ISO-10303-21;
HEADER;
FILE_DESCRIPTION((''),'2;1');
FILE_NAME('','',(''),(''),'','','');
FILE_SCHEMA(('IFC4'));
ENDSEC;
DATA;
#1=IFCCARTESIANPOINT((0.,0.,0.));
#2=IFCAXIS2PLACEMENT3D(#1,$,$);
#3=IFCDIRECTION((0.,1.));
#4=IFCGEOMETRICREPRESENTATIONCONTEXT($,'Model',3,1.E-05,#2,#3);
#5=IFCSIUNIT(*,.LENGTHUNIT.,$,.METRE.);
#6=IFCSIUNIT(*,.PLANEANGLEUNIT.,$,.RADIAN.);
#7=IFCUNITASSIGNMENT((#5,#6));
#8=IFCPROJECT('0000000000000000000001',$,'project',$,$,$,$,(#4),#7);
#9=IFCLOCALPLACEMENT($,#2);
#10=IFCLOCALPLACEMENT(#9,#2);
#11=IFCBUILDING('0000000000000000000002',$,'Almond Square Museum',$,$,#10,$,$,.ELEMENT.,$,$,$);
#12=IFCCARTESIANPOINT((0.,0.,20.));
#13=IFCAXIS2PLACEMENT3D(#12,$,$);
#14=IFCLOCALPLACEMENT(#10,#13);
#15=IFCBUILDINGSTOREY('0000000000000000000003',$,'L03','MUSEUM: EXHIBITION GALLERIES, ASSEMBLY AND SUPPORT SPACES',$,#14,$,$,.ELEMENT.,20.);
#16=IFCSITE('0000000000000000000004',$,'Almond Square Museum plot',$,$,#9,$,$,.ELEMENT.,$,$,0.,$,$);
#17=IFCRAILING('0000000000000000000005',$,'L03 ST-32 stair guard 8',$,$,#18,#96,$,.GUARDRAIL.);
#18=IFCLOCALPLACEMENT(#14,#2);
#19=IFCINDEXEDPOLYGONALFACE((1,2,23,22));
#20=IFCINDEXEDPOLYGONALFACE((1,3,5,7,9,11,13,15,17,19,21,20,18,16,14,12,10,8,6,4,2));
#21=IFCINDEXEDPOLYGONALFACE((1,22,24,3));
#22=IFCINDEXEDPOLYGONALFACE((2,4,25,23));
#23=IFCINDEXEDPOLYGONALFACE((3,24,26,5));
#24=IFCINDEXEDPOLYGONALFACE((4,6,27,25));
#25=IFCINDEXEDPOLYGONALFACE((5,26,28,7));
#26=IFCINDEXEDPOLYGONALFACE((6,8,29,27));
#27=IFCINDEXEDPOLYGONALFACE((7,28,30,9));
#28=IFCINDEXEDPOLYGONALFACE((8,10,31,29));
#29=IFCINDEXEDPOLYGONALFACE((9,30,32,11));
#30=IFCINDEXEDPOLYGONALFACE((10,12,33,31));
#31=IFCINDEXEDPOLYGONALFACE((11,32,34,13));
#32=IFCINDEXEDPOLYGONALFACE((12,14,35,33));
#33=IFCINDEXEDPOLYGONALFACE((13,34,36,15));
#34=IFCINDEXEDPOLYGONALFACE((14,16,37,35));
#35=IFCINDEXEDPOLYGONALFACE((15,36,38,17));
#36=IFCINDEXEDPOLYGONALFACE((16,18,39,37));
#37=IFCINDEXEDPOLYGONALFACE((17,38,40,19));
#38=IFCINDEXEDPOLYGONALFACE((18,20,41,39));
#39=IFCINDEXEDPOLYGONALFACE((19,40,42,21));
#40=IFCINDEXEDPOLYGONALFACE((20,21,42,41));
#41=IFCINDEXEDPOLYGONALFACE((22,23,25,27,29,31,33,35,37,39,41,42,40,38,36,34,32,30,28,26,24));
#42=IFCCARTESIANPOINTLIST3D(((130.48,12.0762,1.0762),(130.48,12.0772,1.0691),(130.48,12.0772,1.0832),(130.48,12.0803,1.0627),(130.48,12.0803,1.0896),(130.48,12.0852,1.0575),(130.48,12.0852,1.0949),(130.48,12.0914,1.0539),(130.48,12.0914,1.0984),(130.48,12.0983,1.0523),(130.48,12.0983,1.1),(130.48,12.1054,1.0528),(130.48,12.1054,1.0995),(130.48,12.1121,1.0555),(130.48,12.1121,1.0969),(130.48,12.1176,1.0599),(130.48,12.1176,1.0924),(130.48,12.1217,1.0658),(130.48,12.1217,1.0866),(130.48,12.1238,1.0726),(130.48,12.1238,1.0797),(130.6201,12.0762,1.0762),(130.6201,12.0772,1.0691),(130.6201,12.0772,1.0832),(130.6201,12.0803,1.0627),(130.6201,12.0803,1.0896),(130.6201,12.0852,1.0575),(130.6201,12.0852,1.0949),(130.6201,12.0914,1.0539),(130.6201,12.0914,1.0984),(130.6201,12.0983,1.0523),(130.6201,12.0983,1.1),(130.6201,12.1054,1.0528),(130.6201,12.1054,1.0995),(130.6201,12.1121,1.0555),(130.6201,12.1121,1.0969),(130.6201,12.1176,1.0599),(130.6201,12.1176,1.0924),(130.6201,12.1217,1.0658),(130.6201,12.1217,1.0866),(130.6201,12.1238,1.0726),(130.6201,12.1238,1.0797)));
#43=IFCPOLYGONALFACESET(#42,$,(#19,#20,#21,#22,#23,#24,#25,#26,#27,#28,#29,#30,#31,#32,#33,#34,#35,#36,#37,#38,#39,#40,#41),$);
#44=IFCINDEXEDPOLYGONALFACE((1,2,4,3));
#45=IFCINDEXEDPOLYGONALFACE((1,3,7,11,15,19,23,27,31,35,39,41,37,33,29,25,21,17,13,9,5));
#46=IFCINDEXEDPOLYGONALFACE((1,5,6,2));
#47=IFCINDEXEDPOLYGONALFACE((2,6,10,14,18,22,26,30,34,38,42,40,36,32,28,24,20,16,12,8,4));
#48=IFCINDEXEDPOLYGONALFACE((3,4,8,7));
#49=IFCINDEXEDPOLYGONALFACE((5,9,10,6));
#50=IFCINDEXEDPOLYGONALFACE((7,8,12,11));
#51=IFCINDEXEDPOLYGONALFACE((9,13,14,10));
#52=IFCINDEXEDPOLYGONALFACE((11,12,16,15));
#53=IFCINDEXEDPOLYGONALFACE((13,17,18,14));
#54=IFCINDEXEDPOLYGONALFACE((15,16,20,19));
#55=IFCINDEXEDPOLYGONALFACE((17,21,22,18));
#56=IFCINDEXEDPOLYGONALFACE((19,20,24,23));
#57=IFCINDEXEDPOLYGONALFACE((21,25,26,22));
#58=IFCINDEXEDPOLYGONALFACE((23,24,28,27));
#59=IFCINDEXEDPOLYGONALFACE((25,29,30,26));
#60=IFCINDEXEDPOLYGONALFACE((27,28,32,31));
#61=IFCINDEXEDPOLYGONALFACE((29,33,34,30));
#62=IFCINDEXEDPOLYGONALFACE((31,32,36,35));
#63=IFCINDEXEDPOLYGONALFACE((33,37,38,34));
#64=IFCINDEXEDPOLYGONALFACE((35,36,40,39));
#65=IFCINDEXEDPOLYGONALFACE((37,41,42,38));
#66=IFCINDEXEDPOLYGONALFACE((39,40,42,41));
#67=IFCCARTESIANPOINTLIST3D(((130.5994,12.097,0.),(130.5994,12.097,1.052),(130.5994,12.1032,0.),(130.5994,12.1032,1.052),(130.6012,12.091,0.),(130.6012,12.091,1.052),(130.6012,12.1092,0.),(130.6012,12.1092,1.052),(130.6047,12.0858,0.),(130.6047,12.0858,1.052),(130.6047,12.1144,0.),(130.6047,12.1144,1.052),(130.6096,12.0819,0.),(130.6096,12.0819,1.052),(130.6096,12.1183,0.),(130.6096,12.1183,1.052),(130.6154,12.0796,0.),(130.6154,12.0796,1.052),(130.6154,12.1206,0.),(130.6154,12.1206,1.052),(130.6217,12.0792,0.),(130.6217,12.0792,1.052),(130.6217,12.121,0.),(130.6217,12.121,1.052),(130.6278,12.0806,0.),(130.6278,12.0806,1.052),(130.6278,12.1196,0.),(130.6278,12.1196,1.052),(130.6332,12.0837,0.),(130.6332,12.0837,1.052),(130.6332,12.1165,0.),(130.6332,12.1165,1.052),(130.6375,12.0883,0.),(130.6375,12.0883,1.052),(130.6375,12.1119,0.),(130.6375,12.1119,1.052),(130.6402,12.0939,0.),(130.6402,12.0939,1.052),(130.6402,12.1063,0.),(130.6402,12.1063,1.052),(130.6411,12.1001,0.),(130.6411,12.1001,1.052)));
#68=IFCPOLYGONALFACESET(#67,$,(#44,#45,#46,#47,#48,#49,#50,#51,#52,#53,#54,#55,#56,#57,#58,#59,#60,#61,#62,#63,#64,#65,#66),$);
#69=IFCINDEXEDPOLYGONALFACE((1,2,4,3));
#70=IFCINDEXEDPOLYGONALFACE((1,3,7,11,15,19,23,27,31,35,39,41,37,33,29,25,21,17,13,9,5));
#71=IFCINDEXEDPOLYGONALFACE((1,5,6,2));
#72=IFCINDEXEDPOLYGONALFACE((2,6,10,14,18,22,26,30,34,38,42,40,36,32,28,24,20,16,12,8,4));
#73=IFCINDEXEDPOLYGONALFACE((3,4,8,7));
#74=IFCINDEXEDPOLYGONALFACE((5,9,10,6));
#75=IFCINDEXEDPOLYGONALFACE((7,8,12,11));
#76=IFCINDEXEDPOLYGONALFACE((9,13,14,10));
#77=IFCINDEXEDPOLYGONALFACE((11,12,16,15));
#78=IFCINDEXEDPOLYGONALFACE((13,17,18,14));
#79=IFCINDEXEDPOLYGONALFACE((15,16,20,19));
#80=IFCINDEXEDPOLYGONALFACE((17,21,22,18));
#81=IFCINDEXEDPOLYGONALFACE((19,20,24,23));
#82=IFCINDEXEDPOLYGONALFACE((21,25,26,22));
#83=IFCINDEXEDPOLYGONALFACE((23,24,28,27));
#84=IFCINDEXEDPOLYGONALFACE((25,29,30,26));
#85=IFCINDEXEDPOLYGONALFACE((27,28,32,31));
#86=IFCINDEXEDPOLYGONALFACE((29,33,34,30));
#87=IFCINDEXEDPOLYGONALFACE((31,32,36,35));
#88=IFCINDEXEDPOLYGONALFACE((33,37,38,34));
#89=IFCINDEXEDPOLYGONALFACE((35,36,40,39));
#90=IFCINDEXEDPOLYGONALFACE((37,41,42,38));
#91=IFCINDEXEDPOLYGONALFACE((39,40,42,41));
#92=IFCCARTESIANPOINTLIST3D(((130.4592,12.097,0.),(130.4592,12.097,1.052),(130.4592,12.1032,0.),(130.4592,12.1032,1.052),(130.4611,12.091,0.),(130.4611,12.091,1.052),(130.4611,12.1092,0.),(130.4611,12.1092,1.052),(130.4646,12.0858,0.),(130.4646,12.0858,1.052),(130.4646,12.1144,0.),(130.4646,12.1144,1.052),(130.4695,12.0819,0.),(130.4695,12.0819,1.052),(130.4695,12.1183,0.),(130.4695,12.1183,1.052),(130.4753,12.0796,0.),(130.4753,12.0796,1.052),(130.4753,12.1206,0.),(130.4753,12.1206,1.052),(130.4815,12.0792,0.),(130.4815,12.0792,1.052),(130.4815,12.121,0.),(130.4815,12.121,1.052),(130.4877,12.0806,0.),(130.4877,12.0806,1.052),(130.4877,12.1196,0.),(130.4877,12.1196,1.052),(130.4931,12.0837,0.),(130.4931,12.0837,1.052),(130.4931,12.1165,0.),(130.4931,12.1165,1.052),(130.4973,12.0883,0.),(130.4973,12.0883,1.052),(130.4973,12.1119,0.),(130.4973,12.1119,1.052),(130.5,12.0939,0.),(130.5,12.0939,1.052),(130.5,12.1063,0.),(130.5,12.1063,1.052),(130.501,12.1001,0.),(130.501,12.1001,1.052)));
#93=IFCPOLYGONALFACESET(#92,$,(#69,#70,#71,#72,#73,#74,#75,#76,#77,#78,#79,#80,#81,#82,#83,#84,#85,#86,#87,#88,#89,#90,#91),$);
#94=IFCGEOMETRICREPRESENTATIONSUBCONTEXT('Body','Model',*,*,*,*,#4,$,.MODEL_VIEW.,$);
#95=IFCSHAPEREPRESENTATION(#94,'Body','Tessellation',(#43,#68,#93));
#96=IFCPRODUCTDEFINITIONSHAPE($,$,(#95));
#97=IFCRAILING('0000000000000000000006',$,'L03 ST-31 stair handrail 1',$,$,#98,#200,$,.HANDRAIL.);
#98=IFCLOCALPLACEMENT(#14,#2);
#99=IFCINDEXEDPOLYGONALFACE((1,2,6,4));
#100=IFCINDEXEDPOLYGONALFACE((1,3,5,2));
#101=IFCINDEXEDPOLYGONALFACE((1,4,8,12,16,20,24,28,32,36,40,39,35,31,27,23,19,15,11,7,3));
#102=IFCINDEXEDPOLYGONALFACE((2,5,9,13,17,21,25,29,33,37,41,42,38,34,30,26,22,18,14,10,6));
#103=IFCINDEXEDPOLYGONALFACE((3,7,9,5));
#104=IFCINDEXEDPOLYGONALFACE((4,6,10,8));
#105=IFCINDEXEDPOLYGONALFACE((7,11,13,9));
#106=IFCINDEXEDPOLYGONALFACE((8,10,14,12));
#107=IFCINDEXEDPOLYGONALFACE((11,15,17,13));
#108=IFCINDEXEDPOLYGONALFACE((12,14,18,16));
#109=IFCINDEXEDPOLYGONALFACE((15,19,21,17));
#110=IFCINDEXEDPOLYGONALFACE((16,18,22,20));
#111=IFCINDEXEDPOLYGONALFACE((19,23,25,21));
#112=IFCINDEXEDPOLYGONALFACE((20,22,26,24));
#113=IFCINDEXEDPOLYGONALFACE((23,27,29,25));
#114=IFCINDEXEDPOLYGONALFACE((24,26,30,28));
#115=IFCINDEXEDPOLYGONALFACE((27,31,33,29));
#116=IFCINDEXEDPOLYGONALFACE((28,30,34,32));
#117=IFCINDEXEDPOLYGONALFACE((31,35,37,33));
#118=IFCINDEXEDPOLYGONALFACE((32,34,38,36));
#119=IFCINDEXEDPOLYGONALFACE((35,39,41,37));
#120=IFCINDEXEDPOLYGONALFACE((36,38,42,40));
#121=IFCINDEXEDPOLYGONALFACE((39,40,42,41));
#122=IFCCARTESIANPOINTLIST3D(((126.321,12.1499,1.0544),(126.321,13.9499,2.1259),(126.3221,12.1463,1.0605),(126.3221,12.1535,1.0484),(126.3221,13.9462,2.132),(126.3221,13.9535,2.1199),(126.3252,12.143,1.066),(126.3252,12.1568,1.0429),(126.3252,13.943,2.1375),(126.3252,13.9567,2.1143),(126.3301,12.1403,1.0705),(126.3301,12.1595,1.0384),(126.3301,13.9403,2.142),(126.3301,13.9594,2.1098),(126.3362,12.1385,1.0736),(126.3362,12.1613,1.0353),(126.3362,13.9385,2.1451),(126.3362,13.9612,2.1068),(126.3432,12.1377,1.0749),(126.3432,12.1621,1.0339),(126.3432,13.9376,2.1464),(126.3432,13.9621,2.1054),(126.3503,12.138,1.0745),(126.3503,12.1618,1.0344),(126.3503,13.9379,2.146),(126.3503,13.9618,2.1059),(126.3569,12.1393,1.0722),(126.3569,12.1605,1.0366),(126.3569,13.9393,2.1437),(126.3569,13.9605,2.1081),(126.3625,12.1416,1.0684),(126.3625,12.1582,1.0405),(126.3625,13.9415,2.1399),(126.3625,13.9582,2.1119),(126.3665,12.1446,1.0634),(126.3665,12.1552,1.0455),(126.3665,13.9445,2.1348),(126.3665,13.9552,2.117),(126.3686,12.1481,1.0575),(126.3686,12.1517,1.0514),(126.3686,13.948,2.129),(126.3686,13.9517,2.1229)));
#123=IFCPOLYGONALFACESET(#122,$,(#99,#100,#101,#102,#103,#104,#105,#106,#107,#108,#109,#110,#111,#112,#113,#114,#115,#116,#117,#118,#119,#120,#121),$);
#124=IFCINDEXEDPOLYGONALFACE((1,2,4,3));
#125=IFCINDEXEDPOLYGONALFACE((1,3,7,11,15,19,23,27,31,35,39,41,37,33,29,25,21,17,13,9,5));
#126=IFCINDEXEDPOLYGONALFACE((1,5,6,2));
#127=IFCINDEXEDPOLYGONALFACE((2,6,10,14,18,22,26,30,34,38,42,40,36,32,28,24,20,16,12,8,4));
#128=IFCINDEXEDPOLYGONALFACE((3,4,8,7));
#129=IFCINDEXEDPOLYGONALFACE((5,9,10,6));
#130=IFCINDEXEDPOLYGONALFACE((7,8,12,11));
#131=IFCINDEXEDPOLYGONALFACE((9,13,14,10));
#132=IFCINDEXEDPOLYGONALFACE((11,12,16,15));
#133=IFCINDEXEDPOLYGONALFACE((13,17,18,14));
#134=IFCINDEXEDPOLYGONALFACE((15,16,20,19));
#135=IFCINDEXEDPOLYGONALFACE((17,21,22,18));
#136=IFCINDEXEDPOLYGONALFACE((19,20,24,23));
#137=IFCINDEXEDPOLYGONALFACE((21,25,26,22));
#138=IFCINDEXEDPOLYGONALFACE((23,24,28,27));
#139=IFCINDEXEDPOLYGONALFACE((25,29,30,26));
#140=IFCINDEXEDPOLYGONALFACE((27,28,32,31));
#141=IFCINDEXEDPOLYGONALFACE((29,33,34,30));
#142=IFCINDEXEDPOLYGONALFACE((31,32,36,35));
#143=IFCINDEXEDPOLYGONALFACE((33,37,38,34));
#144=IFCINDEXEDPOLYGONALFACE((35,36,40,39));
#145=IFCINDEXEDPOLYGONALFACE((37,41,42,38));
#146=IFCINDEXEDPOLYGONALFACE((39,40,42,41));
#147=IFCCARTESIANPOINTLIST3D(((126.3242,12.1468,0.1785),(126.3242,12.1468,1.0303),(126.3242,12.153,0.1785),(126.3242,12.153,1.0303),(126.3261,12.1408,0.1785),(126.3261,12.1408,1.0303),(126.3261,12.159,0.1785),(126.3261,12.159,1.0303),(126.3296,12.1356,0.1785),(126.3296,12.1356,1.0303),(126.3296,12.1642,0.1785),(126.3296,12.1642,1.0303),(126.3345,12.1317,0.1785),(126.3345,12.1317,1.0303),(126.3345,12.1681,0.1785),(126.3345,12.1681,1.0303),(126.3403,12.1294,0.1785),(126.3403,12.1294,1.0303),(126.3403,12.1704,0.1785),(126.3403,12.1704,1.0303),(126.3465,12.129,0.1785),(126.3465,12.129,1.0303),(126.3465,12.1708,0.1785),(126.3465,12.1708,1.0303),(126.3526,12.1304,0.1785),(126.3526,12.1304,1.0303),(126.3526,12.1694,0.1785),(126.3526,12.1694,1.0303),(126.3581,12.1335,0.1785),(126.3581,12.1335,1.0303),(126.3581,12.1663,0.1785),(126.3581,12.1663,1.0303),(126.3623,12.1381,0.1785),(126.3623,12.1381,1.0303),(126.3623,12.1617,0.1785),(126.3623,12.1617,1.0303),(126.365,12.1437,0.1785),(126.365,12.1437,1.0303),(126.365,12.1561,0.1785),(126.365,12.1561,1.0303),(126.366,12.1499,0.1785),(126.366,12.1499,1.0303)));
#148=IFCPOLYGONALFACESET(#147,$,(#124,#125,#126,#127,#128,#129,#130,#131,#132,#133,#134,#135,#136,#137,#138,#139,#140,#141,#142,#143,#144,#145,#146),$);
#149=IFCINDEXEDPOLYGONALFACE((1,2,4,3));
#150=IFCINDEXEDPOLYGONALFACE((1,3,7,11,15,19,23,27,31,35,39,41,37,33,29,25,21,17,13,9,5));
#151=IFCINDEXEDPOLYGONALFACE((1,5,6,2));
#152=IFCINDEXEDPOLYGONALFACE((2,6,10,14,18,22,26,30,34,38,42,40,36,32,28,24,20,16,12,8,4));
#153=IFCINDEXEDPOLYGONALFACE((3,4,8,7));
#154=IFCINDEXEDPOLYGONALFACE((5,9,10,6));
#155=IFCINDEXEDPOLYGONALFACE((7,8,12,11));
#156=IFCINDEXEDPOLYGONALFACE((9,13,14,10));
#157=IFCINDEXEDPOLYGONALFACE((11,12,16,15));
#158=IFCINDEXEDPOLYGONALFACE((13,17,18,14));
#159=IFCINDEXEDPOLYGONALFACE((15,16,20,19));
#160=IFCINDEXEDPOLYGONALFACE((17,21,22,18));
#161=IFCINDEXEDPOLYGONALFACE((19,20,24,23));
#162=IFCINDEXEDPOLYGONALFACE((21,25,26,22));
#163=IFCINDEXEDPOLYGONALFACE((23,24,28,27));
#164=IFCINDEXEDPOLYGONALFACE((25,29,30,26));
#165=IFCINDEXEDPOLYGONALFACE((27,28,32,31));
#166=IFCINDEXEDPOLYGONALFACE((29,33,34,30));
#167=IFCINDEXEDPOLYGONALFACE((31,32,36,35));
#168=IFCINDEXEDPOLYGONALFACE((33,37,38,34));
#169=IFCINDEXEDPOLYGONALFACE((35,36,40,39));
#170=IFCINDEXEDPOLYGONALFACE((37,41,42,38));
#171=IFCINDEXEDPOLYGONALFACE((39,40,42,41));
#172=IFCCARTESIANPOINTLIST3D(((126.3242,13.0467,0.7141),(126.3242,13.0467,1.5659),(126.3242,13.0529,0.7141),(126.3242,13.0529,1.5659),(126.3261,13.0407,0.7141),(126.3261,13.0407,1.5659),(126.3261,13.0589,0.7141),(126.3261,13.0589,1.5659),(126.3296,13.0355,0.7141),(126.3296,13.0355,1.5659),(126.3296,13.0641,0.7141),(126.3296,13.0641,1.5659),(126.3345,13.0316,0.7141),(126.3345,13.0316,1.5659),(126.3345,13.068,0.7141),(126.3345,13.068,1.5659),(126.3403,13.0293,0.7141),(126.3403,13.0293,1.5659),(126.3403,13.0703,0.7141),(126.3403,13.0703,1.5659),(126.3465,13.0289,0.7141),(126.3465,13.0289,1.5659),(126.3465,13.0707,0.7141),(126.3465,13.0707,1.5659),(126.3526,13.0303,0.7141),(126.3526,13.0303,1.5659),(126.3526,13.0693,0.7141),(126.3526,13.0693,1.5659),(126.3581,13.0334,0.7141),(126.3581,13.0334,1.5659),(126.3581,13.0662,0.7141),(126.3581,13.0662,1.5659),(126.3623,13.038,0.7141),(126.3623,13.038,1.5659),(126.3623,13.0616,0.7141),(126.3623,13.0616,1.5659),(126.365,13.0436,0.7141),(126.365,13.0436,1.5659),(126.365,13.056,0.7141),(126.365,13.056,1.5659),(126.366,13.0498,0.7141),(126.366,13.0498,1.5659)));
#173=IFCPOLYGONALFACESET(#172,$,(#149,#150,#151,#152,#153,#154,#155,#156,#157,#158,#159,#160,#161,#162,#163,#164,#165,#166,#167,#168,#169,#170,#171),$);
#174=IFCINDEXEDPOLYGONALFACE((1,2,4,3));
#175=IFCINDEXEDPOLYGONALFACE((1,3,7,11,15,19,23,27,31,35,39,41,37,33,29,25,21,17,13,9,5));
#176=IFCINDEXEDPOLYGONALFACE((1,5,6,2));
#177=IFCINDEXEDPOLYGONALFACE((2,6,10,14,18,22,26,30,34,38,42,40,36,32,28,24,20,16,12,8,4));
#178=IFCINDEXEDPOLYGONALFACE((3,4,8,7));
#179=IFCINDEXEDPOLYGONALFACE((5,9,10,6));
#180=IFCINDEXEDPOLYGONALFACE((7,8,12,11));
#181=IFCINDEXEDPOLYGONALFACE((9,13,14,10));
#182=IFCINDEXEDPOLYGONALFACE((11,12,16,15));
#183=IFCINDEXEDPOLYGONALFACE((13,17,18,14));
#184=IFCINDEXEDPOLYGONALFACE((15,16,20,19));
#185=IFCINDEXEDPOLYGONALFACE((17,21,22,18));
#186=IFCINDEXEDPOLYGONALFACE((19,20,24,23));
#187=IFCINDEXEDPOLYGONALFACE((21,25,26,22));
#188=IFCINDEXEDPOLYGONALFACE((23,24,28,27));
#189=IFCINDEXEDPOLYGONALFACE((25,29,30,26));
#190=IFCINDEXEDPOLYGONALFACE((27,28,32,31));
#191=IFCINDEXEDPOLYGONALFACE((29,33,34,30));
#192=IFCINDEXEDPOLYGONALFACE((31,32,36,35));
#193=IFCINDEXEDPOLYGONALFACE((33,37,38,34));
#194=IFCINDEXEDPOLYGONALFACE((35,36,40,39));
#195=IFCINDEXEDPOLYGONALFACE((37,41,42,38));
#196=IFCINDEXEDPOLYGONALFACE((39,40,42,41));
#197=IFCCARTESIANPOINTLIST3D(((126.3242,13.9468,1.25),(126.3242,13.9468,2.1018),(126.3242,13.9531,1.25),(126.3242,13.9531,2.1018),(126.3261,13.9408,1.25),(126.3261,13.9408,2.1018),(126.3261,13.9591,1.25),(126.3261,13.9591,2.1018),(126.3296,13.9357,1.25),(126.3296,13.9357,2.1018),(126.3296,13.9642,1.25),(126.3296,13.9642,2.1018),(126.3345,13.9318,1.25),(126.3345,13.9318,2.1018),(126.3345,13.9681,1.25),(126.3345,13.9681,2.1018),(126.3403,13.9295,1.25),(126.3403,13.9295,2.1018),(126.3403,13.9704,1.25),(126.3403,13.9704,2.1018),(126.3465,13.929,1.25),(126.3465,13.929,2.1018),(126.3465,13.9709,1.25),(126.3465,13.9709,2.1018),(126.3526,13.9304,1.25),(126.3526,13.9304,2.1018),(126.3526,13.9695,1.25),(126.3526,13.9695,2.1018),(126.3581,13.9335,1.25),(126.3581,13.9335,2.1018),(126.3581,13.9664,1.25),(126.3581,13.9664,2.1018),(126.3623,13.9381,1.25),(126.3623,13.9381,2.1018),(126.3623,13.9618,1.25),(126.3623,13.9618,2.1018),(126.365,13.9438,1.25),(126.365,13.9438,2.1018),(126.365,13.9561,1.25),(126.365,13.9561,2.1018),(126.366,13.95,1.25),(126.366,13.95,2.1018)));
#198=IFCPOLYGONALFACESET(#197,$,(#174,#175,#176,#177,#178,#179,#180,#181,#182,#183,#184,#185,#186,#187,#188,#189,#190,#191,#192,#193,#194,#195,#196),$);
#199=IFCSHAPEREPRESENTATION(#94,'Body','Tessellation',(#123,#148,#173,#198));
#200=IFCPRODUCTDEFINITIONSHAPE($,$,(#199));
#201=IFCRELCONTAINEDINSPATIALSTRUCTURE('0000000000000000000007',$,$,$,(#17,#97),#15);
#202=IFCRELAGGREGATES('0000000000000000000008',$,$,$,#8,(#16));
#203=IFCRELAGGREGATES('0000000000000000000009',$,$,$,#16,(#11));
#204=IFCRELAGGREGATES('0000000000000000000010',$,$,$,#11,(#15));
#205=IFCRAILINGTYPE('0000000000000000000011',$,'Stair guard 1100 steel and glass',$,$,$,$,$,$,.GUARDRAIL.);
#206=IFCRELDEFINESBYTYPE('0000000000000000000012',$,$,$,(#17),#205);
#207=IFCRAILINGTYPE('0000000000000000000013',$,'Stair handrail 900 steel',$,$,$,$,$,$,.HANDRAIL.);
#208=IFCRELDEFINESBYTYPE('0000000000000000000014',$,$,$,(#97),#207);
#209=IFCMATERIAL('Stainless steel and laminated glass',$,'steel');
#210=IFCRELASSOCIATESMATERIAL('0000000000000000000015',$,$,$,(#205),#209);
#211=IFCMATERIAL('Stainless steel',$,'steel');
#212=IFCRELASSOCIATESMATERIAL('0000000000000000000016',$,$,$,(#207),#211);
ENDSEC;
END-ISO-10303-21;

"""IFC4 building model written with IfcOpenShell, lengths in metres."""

from ifc_helpers import new_model, si_unit, direction, frame, origin, origin_2d, place, context, subcontext, project, spatial, circle, extrude, material, type_object, element, save


model = new_model("IFC4")

# Units and contexts
model_context = context("Model", 3, precision=1e-05, world=origin(), true_north=direction((0.0, 1.0)))
body_context = subcontext(model_context, "Body", "Model", "MODEL_VIEW")
ifc_project = project(units=[si_unit("LENGTHUNIT", "METRE"), si_unit("PLANEANGLEUNIT", "RADIAN")], contexts=[model_context])

# Site, building, storey
site_placement = place(None, origin())
site = spatial("IfcSite", under=ifc_project, at=site_placement, Name="Almond Square Museum plot", CompositionType="ELEMENT", RefElevation=0.0)
building_placement = place(site_placement, origin())
building = spatial("IfcBuilding", under=site, at=building_placement, Name="Almond Square Museum", CompositionType="ELEMENT")
storey_placement = place(building_placement, frame((0.0, 0.0, 20.0)))
storey = spatial("IfcBuildingStorey", under=building, at=storey_placement, Name="L03", Description="MUSEUM: EXHIBITION GALLERIES, ASSEMBLY AND SUPPORT SPACES", CompositionType="ELEMENT", Elevation=20.0)

# Railings
ifc_material_1 = material(Name="Stainless steel and laminated glass", Category="steel")
railing_type_1 = type_object("IfcRailingType", Name="Stair guard 1100 steel and glass", PredefinedType="GUARDRAIL", material=ifc_material_1)
railing_1_placement = place(storey_placement, frame((130.6201, 12.1001, 0.0)))
element("IfcRailing", 1, at=railing_1_placement, inside=storey, type_object=railing_type_1, Name="L03 ST-32 stair guard 8", PredefinedType="GUARDRAIL", context=body_context, shape_type="SweptSolid", body=[
    extrude(circle(Radius=0.0239, at=origin_2d()), frame((0.0, 0.0, 1.0762), z_axis=(-1.0, 0.0, 0.0), x_axis=(0.0, -1.0, 0.0)), (0.0, 0.0, 1.0), 0.1401),
    extrude(circle(Radius=0.021, at=origin_2d()), origin(), (0.0, 0.0, 1.0), 1.052),
    extrude(circle(Radius=0.021, at=origin_2d()), frame((-0.1401, 0.0, 0.0)), (0.0, 0.0, 1.0), 1.052),
])
ifc_material_2 = material(Name="Stainless steel", Category="steel")
railing_type_2 = type_object("IfcRailingType", Name="Stair handrail 900 steel", PredefinedType="HANDRAIL", material=ifc_material_2)
railing_2_placement = place(storey_placement, frame((126.345, 12.1499, 0.1785)))
element("IfcRailing", 2, at=railing_2_placement, inside=storey, type_object=railing_type_2, Name="L03 ST-31 stair handrail 1", PredefinedType="HANDRAIL", context=body_context, shape_type="SweptSolid", body=[
    extrude(circle(Radius=0.0239, at=origin_2d()), frame((0.0, 0.0, 0.876), z_axis=(0.0, 0.859277, 0.51151), x_axis=(-1.0, 0.0, 0.0)), (0.0, 0.0, 1.0), 2.0947),
    extrude(circle(Radius=0.021, at=origin_2d()), origin(), (0.0, 0.0, 1.0), 0.8518),
    extrude(circle(Radius=0.021, at=origin_2d()), frame((0.0, 0.8999, 0.5356)), (0.0, 0.0, 1.0), 0.8518),
    extrude(circle(Radius=0.021, at=origin_2d()), frame((0.0, 1.8, 1.0715)), (0.0, 0.0, 1.0), 0.8518),
])

save(model, "model.ifc")
